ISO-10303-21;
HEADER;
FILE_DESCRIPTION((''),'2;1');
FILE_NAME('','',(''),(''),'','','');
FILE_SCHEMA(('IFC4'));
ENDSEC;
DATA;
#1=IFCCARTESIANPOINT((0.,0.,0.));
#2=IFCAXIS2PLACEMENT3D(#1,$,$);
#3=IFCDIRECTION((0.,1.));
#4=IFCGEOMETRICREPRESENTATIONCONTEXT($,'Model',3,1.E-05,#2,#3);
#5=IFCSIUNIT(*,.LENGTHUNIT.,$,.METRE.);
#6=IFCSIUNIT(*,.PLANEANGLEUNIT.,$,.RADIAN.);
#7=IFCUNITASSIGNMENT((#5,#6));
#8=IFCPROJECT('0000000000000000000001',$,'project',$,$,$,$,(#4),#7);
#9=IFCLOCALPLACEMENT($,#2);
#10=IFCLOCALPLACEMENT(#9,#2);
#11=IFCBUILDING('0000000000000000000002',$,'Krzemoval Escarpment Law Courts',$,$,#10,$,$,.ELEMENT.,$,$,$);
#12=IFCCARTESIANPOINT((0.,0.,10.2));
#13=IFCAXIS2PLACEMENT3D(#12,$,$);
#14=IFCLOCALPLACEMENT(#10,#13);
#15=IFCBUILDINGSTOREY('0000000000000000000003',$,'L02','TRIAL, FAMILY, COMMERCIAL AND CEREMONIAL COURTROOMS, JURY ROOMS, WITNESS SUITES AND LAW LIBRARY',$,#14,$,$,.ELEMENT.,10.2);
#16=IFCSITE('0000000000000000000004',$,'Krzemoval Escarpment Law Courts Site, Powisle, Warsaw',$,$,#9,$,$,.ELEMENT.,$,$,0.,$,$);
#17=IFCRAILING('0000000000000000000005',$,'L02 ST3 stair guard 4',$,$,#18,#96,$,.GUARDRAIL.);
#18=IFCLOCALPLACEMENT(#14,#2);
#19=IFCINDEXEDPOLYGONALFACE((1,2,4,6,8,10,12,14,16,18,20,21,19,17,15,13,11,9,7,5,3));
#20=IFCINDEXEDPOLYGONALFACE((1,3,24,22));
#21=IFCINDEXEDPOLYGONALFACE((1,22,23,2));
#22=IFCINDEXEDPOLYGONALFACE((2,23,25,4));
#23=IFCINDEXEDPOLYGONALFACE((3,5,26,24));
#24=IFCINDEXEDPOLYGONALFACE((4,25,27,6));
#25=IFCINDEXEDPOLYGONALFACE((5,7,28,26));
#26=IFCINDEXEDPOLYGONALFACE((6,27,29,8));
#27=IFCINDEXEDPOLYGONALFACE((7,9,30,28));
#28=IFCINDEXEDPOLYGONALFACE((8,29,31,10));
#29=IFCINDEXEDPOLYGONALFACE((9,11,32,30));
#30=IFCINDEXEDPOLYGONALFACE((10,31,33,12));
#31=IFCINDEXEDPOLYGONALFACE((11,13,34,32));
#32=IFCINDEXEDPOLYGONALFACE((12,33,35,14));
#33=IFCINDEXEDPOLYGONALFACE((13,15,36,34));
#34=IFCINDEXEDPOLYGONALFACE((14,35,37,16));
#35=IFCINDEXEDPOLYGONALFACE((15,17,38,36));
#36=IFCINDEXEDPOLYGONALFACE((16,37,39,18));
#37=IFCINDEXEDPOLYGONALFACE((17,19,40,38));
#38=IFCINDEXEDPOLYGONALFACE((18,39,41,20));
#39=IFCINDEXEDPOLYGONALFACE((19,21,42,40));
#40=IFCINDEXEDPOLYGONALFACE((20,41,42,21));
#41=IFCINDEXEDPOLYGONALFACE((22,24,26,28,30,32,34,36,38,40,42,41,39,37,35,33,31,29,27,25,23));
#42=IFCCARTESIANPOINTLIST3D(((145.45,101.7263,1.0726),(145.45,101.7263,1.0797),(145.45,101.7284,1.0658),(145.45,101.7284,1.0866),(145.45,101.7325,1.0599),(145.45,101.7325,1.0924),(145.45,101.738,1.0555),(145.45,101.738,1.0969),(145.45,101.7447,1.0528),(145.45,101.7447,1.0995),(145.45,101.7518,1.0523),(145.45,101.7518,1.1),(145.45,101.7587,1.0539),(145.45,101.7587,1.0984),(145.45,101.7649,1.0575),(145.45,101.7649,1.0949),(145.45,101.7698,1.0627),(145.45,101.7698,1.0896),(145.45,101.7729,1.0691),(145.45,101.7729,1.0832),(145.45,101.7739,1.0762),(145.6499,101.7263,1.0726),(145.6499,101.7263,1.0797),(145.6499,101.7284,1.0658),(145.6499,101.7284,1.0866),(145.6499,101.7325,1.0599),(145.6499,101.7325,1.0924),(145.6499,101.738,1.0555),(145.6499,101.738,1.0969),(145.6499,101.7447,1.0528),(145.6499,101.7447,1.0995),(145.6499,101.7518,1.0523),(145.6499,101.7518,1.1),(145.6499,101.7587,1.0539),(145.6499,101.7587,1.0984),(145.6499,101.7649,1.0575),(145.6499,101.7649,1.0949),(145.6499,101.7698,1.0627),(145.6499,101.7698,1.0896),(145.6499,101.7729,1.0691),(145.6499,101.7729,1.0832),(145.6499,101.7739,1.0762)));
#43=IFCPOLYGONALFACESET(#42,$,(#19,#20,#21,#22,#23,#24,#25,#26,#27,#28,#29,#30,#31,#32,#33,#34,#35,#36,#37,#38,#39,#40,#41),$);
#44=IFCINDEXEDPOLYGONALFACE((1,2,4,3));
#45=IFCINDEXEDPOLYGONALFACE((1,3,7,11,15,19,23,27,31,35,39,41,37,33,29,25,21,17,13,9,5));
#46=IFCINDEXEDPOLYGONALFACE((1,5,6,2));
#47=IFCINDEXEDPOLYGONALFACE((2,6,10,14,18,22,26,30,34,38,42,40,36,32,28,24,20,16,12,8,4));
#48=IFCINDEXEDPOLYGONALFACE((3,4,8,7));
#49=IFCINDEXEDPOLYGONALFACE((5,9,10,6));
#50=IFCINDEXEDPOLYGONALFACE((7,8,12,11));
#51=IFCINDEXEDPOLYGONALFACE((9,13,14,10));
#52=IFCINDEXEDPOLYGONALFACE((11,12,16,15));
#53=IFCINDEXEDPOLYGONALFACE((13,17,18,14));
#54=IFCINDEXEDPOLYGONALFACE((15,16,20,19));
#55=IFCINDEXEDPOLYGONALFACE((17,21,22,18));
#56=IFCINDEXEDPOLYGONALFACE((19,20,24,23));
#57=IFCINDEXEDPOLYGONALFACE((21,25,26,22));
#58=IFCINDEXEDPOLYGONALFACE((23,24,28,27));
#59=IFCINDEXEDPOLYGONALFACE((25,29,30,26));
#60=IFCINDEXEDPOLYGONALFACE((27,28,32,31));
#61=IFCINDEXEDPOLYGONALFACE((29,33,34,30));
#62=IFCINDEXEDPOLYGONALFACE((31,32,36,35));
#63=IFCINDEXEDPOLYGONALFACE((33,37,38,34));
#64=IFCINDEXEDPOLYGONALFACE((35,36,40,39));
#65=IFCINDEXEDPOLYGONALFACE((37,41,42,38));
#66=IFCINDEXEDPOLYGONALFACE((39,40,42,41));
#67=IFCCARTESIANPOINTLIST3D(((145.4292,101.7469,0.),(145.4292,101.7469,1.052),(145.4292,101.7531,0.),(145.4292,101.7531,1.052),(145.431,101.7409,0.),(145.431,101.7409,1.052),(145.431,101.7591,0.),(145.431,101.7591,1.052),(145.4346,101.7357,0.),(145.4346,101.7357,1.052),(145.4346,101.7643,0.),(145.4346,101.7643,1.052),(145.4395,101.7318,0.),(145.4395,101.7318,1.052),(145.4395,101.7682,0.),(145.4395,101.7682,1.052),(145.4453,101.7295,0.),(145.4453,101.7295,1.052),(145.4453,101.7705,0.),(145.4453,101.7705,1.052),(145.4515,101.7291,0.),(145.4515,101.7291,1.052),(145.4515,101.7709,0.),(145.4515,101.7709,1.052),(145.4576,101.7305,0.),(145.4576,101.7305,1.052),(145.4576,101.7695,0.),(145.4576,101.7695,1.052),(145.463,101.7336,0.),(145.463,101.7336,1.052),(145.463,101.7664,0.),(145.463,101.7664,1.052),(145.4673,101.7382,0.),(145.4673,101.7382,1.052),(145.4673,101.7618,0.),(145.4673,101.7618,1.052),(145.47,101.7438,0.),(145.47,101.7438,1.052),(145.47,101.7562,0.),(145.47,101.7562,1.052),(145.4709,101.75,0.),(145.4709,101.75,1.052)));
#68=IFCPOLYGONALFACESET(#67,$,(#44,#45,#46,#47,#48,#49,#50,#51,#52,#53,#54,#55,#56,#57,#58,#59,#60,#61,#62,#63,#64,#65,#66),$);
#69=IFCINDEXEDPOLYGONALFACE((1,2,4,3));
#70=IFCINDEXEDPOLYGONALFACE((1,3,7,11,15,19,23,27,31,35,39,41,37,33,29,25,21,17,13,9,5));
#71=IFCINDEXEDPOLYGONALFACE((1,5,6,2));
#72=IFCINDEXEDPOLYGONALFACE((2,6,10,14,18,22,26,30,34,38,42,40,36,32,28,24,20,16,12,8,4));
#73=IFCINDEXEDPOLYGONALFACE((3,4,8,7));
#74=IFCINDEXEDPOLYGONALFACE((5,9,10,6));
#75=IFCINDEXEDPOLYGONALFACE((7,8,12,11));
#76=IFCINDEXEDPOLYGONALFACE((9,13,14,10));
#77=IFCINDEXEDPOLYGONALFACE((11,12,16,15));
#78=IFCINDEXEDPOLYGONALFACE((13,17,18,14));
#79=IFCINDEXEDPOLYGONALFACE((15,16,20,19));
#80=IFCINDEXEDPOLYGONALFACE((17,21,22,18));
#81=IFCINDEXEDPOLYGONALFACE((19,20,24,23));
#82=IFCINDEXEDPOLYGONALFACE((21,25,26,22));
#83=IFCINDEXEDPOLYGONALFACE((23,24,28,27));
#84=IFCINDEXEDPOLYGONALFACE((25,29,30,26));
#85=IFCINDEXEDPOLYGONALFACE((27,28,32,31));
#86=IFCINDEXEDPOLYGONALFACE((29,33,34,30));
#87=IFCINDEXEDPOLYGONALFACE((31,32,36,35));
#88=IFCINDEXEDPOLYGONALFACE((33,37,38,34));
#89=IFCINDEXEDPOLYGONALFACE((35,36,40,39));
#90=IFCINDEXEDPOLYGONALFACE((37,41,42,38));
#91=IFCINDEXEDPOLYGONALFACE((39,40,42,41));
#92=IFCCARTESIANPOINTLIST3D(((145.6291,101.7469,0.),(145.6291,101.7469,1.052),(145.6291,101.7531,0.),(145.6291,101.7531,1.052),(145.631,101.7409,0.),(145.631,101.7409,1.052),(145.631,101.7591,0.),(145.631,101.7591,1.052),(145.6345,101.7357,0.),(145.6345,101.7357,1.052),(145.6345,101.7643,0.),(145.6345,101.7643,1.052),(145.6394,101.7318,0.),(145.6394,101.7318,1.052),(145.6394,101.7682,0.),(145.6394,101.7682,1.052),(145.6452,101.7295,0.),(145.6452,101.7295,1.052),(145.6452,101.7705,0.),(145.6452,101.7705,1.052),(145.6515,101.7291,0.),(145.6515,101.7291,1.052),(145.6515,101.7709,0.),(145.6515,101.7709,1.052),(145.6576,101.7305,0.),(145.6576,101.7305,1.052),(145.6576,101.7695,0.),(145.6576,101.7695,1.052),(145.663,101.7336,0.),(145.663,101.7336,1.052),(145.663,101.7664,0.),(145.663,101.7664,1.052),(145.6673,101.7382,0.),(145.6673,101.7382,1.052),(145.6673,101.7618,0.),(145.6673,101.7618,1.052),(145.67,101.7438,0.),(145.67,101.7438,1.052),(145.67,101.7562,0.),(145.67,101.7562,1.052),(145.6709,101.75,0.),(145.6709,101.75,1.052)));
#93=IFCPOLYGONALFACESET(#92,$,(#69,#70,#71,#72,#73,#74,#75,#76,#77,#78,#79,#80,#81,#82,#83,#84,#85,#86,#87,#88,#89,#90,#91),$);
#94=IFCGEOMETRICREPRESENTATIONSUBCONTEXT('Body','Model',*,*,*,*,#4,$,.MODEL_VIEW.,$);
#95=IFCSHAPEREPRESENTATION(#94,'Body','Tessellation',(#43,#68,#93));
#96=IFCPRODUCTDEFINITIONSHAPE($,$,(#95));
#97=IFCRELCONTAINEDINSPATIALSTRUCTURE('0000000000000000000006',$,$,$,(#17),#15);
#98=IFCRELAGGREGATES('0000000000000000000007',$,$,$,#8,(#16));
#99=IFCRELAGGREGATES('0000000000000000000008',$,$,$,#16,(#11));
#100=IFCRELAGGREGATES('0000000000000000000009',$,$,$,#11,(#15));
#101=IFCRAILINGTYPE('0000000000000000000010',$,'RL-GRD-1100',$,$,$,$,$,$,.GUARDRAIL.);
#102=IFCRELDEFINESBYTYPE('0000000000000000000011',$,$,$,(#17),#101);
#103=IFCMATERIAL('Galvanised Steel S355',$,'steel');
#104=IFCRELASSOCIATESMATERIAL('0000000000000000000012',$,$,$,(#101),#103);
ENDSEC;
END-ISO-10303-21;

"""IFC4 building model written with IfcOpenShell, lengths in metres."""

from ifc_helpers import new_model, si_unit, direction, frame, origin, origin_2d, place, context, subcontext, project, spatial, circle, extrude, material, type_object, element, save


model = new_model("IFC4")

# Units and contexts
model_context = context("Model", 3, precision=1e-05, world=origin(), true_north=direction((0.0, 1.0)))
body_context = subcontext(model_context, "Body", "Model", "MODEL_VIEW")
ifc_project = project(units=[si_unit("LENGTHUNIT", "METRE"), si_unit("PLANEANGLEUNIT", "RADIAN")], contexts=[model_context])

# Site, building, storey
site_placement = place(None, origin())
site = spatial("IfcSite", under=ifc_project, at=site_placement, Name="Krzemoval Escarpment Law Courts Site, Powisle, Warsaw", CompositionType="ELEMENT", RefElevation=0.0)
building_placement = place(site_placement, origin())
building = spatial("IfcBuilding", under=site, at=building_placement, Name="Krzemoval Escarpment Law Courts", CompositionType="ELEMENT")
storey_placement = place(building_placement, frame((0.0, 0.0, 10.2)))
storey = spatial("IfcBuildingStorey", under=building, at=storey_placement, Name="L02", Description="TRIAL, FAMILY, COMMERCIAL AND CEREMONIAL COURTROOMS, JURY ROOMS, WITNESS SUITES AND LAW LIBRARY", CompositionType="ELEMENT", Elevation=10.2)

# Railing
ifc_material_1 = material(Name="Galvanised Steel S355", Category="steel")
railing_type_1 = type_object("IfcRailingType", Name="RL-GRD-1100", PredefinedType="GUARDRAIL", material=ifc_material_1)
railing_1_placement = place(storey_placement, frame((145.45, 101.75, 0.0)))
element("IfcRailing", 1, at=railing_1_placement, inside=storey, type_object=railing_type_1, Name="L02 ST3 stair guard 4", PredefinedType="GUARDRAIL", context=body_context, shape_type="SweptSolid", body=[
    extrude(circle(Radius=0.0239, at=origin_2d()), frame((0.0, 0.0, 1.0762), z_axis=(1.0, 0.0, 0.0), x_axis=(0.0, 1.0, 0.0)), (0.0, 0.0, 1.0), 0.2),
    extrude(circle(Radius=0.021, at=origin_2d()), origin(), (0.0, 0.0, 1.0), 1.052),
    extrude(circle(Radius=0.021, at=origin_2d()), frame((0.2, 0.0, 0.0)), (0.0, 0.0, 1.0), 1.052),
])

save(model, "model.ifc")
